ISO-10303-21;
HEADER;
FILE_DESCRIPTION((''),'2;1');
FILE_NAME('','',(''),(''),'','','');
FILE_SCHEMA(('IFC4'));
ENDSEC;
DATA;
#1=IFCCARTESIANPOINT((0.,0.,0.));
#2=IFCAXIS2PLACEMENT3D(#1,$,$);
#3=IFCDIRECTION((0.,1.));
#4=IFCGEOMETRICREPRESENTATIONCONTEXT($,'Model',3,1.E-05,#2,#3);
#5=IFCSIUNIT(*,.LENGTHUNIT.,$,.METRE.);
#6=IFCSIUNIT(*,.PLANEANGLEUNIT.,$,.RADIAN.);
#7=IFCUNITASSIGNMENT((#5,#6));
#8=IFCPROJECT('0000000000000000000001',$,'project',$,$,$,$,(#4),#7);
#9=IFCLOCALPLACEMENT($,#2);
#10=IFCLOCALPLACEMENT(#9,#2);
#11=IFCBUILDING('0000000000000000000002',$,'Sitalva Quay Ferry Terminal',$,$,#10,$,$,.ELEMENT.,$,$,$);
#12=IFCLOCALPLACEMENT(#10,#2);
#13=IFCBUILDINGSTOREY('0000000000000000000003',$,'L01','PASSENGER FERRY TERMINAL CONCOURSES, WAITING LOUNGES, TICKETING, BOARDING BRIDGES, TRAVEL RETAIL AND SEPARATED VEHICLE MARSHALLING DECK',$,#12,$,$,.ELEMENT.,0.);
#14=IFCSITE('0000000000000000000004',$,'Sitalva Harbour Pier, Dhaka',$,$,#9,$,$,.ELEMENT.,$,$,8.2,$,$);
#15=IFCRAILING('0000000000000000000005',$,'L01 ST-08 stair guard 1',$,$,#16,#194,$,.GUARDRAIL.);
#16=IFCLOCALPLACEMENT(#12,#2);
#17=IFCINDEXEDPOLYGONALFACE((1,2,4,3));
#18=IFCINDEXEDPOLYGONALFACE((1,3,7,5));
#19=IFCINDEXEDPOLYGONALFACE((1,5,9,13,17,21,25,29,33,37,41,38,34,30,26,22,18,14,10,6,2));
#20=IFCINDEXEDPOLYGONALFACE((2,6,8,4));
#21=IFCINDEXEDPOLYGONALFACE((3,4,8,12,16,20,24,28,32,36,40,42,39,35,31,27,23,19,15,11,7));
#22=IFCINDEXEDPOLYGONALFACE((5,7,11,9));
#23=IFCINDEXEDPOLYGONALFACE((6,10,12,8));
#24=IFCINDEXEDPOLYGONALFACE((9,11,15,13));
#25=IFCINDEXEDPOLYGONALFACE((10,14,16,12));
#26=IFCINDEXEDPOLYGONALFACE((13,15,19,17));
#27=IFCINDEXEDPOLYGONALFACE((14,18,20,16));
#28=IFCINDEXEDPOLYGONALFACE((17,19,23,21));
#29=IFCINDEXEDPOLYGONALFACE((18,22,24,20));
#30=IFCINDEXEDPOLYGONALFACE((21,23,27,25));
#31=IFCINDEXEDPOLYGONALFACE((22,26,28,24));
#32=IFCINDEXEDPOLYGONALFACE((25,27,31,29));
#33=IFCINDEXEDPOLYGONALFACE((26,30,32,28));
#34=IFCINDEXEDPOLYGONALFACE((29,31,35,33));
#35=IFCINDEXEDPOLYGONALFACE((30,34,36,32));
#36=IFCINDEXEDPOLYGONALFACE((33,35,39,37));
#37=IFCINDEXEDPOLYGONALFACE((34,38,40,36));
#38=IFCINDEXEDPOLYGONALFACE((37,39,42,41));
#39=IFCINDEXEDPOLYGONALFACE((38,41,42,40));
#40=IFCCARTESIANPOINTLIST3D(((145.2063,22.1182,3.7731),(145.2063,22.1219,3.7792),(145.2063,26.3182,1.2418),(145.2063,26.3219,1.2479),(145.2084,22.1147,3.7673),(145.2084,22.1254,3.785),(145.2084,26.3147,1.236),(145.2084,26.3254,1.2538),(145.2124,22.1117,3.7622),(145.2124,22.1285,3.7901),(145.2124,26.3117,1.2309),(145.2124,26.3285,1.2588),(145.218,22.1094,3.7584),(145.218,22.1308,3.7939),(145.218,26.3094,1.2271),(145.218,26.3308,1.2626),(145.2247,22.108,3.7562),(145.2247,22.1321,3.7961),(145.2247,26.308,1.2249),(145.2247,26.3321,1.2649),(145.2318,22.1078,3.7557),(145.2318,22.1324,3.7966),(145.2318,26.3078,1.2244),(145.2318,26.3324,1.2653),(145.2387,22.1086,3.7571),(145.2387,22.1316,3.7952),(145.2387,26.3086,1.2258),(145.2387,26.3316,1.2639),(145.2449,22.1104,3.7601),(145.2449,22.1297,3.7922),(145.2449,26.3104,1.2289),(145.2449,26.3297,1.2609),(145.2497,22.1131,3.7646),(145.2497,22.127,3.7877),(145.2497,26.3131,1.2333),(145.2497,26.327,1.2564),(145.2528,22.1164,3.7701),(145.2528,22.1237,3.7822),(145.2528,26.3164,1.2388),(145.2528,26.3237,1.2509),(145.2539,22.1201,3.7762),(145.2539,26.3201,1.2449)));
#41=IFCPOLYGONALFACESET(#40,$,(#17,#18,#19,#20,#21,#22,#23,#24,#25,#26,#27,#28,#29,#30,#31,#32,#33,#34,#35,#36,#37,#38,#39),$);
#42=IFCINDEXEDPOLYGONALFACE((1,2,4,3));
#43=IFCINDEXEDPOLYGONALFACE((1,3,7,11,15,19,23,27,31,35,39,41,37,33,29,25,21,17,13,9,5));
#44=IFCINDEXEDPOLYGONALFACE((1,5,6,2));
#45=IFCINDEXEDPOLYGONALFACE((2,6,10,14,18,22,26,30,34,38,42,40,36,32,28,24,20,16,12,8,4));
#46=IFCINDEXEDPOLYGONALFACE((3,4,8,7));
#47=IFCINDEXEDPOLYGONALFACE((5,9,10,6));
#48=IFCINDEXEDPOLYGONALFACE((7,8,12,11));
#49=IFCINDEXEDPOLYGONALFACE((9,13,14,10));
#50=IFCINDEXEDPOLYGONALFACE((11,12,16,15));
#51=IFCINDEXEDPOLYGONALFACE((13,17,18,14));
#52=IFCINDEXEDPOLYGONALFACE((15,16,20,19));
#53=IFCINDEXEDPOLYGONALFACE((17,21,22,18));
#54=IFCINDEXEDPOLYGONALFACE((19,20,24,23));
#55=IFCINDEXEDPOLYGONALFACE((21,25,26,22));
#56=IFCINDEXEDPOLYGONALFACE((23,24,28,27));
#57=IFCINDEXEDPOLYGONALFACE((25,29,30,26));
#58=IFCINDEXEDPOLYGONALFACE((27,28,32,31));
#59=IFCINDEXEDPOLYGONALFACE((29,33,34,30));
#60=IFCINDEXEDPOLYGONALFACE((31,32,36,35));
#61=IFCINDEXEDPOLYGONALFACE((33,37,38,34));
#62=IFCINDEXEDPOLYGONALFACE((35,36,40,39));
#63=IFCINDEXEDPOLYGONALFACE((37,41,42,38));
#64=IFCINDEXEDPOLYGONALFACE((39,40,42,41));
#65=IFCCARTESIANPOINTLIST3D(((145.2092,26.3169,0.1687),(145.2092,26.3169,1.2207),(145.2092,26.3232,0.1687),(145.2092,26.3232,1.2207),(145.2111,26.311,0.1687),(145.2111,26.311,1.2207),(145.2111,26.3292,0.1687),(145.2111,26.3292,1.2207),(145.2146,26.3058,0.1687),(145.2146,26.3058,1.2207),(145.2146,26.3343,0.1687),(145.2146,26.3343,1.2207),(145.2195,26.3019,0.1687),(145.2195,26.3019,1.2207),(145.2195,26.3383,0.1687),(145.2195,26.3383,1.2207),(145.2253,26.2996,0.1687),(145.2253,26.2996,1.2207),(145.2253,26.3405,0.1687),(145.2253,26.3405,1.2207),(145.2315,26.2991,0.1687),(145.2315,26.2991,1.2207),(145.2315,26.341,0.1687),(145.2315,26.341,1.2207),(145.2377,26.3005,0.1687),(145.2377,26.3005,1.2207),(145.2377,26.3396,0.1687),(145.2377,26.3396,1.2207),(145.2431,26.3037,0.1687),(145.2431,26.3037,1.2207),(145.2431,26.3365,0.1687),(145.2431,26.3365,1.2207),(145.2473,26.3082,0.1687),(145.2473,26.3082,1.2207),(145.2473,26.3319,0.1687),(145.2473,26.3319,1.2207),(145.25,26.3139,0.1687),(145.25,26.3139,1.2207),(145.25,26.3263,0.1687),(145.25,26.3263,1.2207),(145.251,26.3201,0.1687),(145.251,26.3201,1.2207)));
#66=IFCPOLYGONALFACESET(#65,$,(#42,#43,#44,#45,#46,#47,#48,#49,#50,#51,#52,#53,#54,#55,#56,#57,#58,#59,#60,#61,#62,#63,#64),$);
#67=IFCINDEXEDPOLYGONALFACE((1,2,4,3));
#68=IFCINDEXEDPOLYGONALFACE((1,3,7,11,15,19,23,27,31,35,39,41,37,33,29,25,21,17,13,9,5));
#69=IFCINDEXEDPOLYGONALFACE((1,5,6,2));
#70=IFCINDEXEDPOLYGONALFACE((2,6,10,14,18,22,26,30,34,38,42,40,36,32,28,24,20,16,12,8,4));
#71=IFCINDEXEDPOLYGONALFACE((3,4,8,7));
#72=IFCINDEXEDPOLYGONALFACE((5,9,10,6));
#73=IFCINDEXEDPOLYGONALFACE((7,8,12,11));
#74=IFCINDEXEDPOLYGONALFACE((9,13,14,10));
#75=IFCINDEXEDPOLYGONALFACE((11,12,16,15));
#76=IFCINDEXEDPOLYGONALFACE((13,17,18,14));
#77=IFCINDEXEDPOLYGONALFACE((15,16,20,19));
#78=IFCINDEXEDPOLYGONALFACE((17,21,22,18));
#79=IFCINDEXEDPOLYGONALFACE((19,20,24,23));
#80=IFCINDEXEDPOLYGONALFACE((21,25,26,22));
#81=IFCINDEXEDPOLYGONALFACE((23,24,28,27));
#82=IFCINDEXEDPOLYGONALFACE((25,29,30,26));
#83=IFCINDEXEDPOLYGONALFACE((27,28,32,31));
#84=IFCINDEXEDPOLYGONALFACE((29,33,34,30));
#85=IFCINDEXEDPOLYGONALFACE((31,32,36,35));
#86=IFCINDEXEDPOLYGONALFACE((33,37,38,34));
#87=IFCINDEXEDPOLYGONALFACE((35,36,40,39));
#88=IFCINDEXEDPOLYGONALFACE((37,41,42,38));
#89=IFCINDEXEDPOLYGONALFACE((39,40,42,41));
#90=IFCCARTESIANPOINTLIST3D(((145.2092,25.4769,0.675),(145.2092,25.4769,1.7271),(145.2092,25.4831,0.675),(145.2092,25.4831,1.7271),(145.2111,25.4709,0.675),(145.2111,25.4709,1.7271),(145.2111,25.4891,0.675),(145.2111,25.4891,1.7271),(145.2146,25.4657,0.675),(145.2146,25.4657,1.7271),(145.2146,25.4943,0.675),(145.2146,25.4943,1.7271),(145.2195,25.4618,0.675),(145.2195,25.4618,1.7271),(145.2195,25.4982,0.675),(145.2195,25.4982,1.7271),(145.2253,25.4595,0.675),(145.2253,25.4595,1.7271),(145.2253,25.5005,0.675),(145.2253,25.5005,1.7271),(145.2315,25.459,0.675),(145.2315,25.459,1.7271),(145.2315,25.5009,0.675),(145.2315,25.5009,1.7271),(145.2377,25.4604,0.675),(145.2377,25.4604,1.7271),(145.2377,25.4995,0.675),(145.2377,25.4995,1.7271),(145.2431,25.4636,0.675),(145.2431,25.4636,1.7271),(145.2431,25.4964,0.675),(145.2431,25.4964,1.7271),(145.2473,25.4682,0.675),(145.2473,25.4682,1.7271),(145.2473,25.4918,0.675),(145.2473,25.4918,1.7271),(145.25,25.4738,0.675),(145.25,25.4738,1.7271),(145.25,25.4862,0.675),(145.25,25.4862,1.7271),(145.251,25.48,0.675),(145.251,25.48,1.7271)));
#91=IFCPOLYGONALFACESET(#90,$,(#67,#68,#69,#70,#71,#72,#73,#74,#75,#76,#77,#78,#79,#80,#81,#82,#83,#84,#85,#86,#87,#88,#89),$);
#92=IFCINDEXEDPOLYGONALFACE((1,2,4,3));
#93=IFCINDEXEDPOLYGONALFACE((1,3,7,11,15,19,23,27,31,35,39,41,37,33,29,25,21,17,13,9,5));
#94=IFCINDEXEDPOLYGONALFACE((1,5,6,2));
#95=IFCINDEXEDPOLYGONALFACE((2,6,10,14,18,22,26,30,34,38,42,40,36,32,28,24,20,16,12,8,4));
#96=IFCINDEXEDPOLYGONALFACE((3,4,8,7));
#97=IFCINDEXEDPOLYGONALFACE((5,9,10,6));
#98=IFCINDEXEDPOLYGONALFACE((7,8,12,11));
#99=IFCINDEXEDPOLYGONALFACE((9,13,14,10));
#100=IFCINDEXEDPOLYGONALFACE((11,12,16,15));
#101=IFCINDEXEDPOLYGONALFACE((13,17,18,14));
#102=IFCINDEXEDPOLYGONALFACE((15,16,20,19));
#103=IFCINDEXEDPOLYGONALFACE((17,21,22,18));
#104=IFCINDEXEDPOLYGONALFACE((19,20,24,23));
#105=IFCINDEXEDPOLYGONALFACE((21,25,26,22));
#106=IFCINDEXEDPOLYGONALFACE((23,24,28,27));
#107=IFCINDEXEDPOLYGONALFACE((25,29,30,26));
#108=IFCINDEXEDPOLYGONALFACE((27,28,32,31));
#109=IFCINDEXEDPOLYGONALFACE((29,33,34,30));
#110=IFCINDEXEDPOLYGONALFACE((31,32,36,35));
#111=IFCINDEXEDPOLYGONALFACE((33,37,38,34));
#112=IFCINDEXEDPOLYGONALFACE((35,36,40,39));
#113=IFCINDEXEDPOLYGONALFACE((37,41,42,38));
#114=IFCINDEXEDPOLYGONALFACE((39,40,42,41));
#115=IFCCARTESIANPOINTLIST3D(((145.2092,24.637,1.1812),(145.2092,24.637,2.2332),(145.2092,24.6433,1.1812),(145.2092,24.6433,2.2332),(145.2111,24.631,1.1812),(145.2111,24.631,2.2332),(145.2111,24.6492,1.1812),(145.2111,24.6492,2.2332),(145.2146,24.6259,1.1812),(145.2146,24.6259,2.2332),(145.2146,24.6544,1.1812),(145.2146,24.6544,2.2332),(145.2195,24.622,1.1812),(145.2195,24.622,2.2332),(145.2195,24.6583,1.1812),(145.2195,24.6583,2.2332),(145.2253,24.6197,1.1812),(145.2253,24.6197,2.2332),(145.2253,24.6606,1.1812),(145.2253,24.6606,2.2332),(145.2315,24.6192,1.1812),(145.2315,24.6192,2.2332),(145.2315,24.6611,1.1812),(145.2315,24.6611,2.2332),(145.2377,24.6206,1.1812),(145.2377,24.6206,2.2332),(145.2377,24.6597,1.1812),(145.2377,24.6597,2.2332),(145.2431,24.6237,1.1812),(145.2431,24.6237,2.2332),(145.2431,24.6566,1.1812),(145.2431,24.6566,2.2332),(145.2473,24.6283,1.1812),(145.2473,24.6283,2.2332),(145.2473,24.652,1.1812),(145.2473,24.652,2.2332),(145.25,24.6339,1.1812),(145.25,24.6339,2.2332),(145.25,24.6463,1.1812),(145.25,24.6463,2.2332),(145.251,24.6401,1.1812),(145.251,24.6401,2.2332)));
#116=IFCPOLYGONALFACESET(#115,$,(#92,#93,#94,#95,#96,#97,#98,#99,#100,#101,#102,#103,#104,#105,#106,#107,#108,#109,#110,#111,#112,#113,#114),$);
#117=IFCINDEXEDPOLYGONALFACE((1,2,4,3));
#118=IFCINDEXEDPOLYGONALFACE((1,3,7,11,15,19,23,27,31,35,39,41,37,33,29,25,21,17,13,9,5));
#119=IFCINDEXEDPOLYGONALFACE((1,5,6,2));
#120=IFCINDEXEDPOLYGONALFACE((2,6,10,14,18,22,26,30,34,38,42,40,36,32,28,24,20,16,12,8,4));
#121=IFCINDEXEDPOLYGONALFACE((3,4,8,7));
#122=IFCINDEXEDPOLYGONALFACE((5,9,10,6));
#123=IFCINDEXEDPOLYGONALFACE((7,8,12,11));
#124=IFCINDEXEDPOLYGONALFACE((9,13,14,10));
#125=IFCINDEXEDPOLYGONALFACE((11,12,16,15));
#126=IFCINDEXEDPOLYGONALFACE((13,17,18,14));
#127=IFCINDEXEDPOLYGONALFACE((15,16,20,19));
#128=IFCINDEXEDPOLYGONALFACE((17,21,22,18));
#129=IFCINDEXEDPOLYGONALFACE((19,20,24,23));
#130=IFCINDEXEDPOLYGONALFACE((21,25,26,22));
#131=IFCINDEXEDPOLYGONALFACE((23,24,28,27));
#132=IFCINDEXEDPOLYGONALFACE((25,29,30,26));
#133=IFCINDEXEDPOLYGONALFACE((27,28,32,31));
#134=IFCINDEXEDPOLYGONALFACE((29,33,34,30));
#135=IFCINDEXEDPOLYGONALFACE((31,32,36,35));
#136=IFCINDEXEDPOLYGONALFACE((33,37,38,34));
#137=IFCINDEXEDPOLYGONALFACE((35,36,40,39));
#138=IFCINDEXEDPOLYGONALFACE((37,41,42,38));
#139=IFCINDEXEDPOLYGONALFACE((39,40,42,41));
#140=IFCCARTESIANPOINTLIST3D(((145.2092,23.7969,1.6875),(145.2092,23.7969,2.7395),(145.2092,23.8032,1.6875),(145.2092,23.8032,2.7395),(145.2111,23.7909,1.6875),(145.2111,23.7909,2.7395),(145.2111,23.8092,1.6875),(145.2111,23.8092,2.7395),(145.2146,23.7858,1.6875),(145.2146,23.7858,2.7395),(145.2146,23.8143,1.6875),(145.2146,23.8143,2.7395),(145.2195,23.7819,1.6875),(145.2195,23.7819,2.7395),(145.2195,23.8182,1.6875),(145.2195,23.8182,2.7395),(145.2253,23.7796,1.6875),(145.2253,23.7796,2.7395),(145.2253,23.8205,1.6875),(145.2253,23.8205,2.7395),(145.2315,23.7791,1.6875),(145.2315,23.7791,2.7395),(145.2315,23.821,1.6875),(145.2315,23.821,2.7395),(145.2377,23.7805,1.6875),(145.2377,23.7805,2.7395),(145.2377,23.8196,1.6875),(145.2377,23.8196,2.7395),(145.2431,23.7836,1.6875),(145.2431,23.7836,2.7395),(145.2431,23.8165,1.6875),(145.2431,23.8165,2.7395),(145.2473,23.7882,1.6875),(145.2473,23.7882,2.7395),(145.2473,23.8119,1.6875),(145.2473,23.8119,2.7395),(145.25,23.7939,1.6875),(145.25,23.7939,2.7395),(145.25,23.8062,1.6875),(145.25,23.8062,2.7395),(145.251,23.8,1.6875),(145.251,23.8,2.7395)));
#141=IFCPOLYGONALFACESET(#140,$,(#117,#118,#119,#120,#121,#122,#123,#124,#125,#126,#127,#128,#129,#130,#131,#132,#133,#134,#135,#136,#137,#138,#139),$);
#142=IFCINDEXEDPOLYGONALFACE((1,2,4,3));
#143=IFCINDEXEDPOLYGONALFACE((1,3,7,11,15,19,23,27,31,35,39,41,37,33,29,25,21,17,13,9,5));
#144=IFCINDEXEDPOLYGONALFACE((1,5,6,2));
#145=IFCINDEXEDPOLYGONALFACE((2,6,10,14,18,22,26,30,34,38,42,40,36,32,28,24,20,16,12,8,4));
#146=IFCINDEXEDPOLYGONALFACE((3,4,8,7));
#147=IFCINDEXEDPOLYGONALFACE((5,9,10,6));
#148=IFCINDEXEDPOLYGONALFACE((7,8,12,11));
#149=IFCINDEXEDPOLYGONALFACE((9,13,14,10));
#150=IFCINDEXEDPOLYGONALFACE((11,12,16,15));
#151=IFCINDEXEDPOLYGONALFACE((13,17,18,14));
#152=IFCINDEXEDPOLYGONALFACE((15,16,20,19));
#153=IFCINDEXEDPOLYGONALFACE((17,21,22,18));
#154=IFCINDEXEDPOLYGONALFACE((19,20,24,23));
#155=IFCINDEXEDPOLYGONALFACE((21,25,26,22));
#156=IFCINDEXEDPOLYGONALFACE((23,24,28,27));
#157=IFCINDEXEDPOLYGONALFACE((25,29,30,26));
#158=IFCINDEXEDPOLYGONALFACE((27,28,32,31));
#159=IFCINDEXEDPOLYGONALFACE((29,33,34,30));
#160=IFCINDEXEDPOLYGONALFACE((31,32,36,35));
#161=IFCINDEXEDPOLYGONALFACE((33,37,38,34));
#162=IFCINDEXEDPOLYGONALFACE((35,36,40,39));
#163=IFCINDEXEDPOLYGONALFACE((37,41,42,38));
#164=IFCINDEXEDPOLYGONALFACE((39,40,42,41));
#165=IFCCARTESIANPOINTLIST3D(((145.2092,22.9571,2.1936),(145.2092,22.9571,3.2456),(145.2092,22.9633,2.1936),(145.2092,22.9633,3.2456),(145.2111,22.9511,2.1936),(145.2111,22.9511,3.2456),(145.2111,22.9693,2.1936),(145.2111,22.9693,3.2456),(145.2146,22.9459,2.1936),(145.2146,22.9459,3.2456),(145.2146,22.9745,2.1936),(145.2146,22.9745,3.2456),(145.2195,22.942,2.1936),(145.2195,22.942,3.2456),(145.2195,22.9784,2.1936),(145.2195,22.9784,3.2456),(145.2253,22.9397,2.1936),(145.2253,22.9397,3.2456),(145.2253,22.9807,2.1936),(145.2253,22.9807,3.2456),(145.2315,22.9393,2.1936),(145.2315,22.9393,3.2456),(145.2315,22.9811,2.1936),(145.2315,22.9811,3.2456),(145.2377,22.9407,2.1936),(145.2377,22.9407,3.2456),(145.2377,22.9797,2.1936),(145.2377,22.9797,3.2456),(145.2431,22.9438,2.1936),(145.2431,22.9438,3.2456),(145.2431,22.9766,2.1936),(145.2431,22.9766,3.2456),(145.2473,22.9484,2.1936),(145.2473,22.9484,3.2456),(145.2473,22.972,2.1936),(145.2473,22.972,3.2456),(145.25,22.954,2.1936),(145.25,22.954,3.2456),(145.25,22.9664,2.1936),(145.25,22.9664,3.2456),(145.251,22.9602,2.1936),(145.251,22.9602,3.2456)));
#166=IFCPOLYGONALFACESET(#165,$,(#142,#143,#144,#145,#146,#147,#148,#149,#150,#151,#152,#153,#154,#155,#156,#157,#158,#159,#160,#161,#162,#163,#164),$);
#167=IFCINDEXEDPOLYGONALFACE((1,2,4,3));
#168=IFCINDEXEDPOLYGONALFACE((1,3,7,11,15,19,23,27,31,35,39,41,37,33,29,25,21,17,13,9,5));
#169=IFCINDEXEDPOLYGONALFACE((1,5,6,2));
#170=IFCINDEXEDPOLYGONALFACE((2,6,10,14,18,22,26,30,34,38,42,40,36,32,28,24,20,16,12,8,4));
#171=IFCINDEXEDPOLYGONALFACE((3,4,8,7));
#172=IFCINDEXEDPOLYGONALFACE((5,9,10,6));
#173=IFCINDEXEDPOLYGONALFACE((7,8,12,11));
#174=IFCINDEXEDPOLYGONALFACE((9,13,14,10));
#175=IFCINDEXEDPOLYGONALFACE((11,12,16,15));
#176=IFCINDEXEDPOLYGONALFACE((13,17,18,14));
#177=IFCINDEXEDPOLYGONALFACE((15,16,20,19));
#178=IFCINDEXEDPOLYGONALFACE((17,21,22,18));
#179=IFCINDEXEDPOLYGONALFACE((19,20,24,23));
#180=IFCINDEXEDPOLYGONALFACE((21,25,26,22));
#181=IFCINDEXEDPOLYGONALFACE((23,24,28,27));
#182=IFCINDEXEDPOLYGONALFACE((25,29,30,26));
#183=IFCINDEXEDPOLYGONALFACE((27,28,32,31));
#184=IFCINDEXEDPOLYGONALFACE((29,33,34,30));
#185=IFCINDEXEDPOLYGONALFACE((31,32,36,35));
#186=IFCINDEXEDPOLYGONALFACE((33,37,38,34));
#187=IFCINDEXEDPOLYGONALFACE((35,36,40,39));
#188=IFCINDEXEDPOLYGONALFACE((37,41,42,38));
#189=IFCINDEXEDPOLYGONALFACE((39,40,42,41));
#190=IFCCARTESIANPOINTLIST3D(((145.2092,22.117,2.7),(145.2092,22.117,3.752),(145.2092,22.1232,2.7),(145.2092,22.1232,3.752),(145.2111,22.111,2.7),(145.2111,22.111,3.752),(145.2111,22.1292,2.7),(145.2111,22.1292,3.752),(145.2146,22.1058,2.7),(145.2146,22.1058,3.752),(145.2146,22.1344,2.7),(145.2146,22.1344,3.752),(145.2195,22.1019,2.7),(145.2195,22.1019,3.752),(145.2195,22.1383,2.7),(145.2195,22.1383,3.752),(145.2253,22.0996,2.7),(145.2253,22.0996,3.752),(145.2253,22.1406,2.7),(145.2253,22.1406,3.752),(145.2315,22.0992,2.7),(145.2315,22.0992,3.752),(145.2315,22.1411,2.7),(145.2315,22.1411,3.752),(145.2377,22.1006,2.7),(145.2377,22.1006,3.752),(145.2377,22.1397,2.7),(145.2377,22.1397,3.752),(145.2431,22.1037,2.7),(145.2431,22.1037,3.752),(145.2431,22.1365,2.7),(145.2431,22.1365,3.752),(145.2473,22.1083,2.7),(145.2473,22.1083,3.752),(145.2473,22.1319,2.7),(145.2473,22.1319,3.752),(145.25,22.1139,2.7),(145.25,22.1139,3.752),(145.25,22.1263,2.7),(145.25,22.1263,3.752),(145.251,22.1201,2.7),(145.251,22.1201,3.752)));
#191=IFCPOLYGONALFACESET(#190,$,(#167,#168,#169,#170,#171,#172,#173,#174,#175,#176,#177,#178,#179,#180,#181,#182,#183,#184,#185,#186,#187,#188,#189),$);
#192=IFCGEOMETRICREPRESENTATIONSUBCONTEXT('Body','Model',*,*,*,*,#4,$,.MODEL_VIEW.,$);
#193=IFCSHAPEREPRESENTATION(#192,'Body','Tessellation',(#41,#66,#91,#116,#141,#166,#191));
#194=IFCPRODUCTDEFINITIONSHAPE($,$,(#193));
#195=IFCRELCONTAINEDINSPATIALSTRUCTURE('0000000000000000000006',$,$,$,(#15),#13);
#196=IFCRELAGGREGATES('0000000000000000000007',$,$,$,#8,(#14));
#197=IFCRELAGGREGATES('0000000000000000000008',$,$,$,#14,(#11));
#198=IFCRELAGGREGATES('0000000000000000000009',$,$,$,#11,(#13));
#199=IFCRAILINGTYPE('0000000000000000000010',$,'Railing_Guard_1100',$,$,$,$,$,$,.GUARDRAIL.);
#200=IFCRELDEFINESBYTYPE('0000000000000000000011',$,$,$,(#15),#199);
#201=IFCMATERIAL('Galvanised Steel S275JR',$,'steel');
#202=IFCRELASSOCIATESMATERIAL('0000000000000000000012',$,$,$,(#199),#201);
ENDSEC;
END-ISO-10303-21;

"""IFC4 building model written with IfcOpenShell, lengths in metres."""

from ifc_helpers import new_model, si_unit, direction, frame, origin, origin_2d, place, context, subcontext, project, spatial, circle, extrude, material, type_object, element, save


model = new_model("IFC4")

# Units and contexts
model_context = context("Model", 3, precision=1e-05, world=origin(), true_north=direction((0.0, 1.0)))
body_context = subcontext(model_context, "Body", "Model", "MODEL_VIEW")
ifc_project = project(units=[si_unit("LENGTHUNIT", "METRE"), si_unit("PLANEANGLEUNIT", "RADIAN")], contexts=[model_context])

# Site, building, storey
site_placement = place(None, origin())
site = spatial("IfcSite", under=ifc_project, at=site_placement, Name="Sitalva Harbour Pier, Dhaka", CompositionType="ELEMENT", RefElevation=8.2)
building_placement = place(site_placement, origin())
building = spatial("IfcBuilding", under=site, at=building_placement, Name="Sitalva Quay Ferry Terminal", CompositionType="ELEMENT")
storey_placement = place(building_placement, origin())
storey = spatial("IfcBuildingStorey", under=building, at=storey_placement, Name="L01", Description="PASSENGER FERRY TERMINAL CONCOURSES, WAITING LOUNGES, TICKETING, BOARDING BRIDGES, TRAVEL RETAIL AND SEPARATED VEHICLE MARSHALLING DECK", CompositionType="ELEMENT", Elevation=0.0)

# Railing
ifc_material_1 = material(Name="Galvanised Steel S275JR", Category="steel")
railing_type_1 = type_object("IfcRailingType", Name="Railing_Guard_1100", PredefinedType="GUARDRAIL", material=ifc_material_1)
railing_1_placement = place(storey_placement, frame((145.23, 26.3201, 0.1687)))
element("IfcRailing", 1, at=railing_1_placement, inside=storey, type_object=railing_type_1, Name="L01 ST-08 stair guard 1", PredefinedType="GUARDRAIL", context=body_context, shape_type="SweptSolid", body=[
    extrude(circle(Radius=0.0239, at=origin_2d()), frame((0.0, 0.0, 1.0762), z_axis=(0.0, -0.856476, 0.516186), x_axis=(1.0, 0.0, 0.0)), (0.0, 0.0, 1.0), 4.9038),
    extrude(circle(Radius=0.021, at=origin_2d()), origin(), (0.0, 0.0, 1.0), 1.052),
    extrude(circle(Radius=0.021, at=origin_2d()), frame((0.0, -0.8401, 0.5063)), (0.0, 0.0, 1.0), 1.052),
    extrude(circle(Radius=0.021, at=origin_2d()), frame((0.0, -1.6799, 1.0125)), (0.0, 0.0, 1.0), 1.052),
    extrude(circle(Radius=0.021, at=origin_2d()), frame((0.0, -2.52, 1.5188)), (0.0, 0.0, 1.0), 1.052),
    extrude(circle(Radius=0.021, at=origin_2d()), frame((0.0, -3.3599, 2.0249)), (0.0, 0.0, 1.0), 1.052),
    extrude(circle(Radius=0.021, at=origin_2d()), frame((0.0, -4.2, 2.5312)), (0.0, 0.0, 1.0), 1.052),
])

save(model, "model.ifc")
